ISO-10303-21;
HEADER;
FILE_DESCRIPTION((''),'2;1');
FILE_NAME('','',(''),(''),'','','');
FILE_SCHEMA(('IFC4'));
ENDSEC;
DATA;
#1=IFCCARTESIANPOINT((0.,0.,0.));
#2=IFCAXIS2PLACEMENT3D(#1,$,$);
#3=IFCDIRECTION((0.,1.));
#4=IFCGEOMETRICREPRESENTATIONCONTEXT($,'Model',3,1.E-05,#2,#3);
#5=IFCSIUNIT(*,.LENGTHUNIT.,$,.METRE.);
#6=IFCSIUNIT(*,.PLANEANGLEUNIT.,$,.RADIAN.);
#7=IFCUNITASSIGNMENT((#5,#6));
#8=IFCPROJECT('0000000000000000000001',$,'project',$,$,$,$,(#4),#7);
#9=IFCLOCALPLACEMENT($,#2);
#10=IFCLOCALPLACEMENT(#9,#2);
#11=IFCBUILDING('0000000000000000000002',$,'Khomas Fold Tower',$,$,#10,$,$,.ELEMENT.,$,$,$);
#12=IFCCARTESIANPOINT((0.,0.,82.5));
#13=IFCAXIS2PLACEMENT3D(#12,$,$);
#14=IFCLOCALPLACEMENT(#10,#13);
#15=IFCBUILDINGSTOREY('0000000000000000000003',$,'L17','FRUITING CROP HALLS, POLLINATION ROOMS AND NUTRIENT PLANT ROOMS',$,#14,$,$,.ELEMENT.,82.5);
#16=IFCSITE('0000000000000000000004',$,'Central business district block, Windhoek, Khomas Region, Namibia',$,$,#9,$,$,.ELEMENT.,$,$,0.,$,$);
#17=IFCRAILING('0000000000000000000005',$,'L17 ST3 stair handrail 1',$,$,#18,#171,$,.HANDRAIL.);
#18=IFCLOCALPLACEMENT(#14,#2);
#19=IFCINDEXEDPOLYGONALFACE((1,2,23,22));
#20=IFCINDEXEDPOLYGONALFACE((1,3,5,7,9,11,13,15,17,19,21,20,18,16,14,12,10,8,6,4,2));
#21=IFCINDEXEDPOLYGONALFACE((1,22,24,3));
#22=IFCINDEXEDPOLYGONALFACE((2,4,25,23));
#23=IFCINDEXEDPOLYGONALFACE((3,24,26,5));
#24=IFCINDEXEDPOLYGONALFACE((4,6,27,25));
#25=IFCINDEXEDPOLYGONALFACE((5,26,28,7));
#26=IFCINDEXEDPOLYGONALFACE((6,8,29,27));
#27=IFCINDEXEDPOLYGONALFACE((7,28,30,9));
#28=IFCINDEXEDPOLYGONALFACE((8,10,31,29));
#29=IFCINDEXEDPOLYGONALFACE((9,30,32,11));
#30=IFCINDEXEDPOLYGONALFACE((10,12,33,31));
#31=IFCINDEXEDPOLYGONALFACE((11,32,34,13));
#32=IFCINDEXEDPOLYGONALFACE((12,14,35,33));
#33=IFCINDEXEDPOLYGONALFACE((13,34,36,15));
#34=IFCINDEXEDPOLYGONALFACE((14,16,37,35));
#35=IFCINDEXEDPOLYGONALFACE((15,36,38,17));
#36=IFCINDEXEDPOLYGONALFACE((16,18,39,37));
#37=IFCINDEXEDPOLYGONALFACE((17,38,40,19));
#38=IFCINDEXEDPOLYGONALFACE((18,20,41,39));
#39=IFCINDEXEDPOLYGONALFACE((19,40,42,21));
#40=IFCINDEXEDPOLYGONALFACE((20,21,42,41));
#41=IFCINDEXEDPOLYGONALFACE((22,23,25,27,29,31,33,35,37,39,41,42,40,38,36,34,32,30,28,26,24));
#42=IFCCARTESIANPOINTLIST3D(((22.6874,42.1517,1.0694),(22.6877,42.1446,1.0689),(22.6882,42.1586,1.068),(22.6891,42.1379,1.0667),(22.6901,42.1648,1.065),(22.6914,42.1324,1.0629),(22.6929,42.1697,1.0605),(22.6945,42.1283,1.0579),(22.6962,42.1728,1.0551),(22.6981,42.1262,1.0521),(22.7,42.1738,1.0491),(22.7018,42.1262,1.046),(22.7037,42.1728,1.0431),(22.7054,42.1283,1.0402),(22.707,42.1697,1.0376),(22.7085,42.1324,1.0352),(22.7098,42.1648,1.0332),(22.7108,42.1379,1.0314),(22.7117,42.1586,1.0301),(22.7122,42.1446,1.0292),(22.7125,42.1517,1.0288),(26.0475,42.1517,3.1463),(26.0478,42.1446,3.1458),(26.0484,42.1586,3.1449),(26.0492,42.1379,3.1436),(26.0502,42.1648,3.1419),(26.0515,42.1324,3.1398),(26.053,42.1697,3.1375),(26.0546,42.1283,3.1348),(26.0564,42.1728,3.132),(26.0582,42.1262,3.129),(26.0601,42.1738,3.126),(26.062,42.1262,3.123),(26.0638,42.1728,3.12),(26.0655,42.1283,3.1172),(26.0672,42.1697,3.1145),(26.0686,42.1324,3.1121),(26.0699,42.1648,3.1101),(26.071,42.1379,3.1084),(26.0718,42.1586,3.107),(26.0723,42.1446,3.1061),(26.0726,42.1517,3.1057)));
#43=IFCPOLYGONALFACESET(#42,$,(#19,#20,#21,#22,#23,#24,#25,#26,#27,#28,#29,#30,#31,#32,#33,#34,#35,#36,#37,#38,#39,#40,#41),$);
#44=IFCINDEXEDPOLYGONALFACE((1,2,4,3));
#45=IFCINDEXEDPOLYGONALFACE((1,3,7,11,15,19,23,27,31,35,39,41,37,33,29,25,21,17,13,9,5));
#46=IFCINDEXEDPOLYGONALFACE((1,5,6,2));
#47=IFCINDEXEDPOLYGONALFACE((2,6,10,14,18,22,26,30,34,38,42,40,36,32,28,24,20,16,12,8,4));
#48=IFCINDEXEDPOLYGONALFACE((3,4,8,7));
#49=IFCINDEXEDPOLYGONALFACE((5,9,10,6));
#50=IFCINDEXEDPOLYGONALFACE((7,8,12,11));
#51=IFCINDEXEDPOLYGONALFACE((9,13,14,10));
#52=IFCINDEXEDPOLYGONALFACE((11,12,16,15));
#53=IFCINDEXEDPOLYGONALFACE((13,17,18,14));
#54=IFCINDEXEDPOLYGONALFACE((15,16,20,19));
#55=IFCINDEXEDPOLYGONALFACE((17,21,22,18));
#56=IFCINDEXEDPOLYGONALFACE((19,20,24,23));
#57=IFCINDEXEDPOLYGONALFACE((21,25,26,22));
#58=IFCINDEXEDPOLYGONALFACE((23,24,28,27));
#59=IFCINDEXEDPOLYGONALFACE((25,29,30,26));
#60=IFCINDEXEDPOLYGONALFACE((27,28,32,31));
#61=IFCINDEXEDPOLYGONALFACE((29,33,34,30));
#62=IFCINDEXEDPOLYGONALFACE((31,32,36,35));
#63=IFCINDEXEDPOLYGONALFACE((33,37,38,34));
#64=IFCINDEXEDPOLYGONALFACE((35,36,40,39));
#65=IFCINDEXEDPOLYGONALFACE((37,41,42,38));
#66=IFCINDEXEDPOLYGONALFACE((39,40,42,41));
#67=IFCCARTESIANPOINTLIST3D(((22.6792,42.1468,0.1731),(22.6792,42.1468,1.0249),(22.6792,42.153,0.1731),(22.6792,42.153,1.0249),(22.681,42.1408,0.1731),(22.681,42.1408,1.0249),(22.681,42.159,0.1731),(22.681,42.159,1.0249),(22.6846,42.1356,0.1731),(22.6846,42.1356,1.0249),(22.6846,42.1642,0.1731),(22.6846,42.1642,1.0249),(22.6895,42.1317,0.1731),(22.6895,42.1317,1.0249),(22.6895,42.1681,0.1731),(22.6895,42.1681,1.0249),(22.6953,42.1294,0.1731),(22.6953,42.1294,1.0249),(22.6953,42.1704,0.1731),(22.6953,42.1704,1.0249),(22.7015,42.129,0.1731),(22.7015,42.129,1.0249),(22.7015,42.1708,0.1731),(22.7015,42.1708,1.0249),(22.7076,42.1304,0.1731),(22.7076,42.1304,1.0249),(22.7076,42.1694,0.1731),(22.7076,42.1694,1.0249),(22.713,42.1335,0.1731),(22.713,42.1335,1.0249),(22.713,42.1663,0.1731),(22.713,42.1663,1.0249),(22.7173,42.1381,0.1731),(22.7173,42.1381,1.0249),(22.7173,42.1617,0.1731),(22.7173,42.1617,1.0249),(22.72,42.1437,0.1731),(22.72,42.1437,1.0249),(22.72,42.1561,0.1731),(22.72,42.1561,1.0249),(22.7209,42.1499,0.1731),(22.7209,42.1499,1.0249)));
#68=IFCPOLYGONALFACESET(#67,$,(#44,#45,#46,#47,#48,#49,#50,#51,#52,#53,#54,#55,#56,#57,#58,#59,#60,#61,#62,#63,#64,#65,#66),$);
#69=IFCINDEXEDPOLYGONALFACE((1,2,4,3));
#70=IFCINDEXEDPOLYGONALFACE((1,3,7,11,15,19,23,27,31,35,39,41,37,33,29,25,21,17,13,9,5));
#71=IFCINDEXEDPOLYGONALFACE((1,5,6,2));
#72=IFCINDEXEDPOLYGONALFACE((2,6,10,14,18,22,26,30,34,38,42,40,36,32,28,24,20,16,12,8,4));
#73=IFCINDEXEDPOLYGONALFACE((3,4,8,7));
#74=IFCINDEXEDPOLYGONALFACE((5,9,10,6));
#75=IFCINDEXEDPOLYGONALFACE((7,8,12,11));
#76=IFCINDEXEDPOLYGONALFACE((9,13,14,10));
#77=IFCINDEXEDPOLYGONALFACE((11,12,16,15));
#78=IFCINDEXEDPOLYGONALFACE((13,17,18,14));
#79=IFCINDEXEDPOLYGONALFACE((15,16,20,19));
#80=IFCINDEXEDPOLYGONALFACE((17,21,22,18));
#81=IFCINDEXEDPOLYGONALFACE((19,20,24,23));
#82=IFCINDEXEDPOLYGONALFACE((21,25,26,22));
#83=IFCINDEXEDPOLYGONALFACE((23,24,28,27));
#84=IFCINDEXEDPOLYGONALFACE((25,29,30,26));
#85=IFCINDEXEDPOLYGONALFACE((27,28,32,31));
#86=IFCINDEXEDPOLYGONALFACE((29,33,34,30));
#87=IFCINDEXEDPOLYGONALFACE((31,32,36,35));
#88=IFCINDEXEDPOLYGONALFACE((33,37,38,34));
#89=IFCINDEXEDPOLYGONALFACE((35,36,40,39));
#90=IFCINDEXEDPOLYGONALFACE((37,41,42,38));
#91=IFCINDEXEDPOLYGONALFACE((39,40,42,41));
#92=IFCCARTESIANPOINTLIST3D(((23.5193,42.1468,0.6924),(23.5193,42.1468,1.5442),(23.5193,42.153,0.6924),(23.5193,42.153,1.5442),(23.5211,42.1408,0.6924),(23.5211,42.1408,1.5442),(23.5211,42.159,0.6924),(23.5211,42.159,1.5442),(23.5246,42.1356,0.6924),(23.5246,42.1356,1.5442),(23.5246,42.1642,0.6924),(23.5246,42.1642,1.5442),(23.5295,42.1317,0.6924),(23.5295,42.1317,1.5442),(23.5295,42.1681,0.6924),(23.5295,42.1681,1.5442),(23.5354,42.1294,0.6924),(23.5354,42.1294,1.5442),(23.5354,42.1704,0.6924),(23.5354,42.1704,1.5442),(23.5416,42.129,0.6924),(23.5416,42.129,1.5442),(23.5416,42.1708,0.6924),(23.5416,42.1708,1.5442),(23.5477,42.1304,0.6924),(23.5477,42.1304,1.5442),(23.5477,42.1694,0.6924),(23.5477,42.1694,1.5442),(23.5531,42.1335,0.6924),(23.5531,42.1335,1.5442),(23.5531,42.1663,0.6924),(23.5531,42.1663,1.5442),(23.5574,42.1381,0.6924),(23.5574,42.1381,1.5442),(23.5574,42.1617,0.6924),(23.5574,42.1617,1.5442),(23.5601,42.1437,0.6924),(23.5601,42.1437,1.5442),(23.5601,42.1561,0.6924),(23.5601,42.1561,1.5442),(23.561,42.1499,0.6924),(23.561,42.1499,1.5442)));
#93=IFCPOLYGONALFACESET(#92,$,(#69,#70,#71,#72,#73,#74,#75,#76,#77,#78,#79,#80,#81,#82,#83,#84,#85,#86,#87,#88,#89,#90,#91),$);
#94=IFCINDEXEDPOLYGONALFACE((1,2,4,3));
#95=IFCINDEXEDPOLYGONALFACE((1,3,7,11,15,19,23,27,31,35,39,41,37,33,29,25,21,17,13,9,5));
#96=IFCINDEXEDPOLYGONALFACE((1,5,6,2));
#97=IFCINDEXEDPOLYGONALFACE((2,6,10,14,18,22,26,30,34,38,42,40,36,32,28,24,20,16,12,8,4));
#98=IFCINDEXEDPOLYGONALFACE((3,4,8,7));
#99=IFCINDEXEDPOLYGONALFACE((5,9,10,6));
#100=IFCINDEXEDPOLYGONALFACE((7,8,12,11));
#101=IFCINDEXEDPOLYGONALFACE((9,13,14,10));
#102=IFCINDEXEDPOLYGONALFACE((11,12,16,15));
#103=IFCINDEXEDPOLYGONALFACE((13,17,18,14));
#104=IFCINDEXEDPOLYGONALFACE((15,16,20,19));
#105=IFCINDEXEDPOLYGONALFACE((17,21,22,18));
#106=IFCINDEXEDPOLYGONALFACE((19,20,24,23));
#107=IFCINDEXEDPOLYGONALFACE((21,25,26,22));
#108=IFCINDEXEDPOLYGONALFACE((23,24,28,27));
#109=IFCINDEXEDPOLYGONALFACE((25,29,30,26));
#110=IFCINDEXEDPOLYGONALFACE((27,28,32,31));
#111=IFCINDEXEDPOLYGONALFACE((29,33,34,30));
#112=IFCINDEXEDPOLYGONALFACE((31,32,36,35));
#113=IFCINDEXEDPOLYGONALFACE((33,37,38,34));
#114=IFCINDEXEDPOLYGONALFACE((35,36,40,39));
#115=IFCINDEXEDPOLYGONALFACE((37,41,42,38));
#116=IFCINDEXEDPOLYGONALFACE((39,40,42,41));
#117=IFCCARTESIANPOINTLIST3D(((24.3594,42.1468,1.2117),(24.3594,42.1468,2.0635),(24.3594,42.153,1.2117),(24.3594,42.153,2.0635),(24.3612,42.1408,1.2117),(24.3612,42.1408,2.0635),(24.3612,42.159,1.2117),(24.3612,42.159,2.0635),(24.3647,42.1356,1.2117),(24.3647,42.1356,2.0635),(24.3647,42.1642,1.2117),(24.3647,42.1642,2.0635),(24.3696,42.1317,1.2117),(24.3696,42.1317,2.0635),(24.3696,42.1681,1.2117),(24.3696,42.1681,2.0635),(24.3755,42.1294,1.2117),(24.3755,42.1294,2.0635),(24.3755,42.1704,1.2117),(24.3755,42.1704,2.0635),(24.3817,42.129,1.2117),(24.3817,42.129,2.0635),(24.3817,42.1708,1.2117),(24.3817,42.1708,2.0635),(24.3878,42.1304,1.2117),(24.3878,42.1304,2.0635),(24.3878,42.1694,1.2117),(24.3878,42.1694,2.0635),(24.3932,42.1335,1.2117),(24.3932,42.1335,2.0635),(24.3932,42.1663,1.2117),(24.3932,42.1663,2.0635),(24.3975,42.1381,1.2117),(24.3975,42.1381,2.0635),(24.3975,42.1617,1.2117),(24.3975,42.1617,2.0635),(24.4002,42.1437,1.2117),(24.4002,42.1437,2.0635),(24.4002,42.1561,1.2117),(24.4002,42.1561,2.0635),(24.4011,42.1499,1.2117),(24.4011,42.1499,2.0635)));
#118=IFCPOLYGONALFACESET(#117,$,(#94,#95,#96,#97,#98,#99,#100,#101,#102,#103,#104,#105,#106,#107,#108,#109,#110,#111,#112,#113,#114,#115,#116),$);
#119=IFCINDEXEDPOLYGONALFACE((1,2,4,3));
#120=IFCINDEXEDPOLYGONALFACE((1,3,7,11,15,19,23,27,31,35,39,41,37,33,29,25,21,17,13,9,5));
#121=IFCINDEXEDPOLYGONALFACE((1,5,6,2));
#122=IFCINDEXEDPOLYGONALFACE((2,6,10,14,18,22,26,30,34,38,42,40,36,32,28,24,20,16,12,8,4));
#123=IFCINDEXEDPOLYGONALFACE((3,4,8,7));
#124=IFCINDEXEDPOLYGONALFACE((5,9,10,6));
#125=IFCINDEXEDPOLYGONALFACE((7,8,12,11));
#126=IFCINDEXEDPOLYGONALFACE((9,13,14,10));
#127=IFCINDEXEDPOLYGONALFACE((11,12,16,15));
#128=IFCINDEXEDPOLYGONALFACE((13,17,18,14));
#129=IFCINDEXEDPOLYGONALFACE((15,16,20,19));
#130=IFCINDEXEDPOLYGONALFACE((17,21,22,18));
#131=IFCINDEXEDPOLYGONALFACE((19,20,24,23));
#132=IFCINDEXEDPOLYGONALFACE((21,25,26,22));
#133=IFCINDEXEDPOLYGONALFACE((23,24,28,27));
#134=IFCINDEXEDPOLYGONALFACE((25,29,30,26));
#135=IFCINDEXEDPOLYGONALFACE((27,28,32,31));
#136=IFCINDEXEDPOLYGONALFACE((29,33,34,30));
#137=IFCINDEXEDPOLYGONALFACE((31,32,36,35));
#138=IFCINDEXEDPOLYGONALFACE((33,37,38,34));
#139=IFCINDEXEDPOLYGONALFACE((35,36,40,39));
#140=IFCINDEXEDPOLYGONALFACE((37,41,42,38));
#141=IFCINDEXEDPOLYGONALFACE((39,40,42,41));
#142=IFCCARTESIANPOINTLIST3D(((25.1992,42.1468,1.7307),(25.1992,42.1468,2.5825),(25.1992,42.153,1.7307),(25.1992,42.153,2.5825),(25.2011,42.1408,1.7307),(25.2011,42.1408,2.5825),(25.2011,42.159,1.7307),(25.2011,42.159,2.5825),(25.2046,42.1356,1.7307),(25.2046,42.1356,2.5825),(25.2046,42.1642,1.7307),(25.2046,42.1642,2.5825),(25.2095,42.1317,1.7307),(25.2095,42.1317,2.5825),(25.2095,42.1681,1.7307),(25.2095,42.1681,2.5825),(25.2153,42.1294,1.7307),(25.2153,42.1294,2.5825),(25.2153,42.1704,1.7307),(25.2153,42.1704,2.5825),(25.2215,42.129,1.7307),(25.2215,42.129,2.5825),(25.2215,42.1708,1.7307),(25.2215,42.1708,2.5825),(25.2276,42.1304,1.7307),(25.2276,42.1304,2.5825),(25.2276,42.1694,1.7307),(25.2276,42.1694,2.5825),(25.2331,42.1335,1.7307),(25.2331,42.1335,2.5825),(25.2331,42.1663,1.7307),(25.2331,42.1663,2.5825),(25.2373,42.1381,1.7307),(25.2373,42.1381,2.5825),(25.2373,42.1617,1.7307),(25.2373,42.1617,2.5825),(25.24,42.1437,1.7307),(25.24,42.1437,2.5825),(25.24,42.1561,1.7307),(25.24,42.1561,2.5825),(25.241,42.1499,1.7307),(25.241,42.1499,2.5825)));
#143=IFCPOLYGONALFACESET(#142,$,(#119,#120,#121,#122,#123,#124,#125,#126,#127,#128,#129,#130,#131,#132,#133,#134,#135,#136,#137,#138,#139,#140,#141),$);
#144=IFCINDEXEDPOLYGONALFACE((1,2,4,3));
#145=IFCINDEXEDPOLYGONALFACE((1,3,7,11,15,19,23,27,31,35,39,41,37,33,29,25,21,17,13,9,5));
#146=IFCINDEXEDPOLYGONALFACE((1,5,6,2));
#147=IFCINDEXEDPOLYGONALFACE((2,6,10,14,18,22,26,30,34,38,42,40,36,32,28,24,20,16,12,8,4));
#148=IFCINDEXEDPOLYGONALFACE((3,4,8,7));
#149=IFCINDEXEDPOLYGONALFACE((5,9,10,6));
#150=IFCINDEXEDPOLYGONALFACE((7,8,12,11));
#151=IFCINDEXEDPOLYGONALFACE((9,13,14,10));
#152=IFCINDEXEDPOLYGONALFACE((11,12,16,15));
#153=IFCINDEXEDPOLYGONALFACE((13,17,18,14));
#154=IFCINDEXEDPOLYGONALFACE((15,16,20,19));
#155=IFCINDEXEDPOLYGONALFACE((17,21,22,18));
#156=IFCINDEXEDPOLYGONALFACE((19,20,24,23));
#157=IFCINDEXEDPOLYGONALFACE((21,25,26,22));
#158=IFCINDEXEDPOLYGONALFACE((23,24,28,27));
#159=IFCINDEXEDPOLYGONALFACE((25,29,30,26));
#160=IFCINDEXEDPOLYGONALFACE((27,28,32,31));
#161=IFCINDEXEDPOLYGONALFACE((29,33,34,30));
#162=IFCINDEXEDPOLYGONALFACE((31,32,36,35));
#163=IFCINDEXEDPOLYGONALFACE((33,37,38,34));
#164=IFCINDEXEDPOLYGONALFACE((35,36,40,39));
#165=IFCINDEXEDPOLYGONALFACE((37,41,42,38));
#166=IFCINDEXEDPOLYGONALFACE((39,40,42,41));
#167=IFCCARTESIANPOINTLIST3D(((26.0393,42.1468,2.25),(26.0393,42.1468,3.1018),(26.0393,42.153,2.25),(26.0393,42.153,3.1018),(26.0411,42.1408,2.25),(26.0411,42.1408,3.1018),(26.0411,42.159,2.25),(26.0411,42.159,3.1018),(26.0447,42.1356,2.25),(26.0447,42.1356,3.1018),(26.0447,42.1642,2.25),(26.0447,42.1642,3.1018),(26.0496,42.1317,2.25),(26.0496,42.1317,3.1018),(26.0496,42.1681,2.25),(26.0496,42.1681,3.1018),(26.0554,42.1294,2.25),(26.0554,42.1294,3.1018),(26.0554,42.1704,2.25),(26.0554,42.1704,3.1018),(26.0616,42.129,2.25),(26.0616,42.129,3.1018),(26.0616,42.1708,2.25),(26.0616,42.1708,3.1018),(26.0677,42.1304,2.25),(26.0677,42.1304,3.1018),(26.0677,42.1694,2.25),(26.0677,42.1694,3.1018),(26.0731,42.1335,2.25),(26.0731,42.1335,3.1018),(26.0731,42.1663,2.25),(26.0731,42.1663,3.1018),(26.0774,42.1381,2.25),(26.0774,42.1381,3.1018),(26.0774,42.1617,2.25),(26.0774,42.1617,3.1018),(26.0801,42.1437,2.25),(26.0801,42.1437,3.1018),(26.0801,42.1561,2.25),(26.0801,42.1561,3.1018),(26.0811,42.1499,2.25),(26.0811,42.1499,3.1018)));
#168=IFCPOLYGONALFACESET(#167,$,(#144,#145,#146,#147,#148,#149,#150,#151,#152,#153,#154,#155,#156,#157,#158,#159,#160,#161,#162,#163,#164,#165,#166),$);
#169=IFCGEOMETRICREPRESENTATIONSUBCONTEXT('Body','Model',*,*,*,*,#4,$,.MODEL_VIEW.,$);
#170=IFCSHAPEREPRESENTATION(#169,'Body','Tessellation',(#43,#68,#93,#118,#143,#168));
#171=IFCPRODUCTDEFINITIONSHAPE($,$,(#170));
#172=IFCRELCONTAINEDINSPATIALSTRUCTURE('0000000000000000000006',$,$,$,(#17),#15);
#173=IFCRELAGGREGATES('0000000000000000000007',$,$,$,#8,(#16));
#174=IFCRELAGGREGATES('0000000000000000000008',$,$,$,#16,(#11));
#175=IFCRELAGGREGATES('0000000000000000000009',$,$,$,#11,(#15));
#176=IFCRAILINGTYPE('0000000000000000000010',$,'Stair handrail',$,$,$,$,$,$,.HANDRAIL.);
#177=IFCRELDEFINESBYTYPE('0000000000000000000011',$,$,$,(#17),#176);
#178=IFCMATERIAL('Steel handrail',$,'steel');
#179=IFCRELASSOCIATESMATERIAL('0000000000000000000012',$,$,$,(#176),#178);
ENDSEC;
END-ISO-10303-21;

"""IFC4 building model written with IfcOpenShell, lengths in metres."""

from ifc_helpers import new_model, si_unit, direction, frame, origin, origin_2d, place, context, subcontext, project, spatial, circle, extrude, source, transform, mapped, material, type_object, element, save


model = new_model("IFC4")

# Units and contexts
model_context = context("Model", 3, precision=1e-05, world=origin(), true_north=direction((0.0, 1.0)))
body_context = subcontext(model_context, "Body", "Model", "MODEL_VIEW")
ifc_project = project(units=[si_unit("LENGTHUNIT", "METRE"), si_unit("PLANEANGLEUNIT", "RADIAN")], contexts=[model_context])

# Site, building, storey
site_placement = place(None, origin())
site = spatial("IfcSite", under=ifc_project, at=site_placement, Name="Central business district block, Windhoek, Khomas Region, Namibia", CompositionType="ELEMENT", RefElevation=0.0)
building_placement = place(site_placement, origin())
building = spatial("IfcBuilding", under=site, at=building_placement, Name="Khomas Fold Tower", CompositionType="ELEMENT")
storey_placement = place(building_placement, frame((0.0, 0.0, 82.5)))
storey = spatial("IfcBuildingStorey", under=building, at=storey_placement, Name="L17", Description="FRUITING CROP HALLS, POLLINATION ROOMS AND NUTRIENT PLANT ROOMS", CompositionType="ELEMENT", Elevation=82.5)

# Railing
ifc_material_1 = material(Name="Steel handrail", Category="steel")
railing_type = type_object("IfcRailingType", Name="Stair handrail", PredefinedType="HANDRAIL", material=ifc_material_1)
shared_shape_1 = source(origin(), body_context, "Body", "SweptSolid", [
    extrude(circle(Radius=0.0239, at=origin_2d()), frame((0.0, 0.0, 0.876), z_axis=(0.850623, 0.0, 0.525776), x_axis=(0.0, 1.0, 0.0)), (0.0, 0.0, 1.0), 3.9502),
    extrude(circle(Radius=0.021, at=origin_2d()), origin(), (0.0, 0.0, 1.0), 0.8518),
    extrude(circle(Radius=0.021, at=origin_2d()), frame((0.8401, 0.0, 0.5193)), (0.0, 0.0, 1.0), 0.8518),
    extrude(circle(Radius=0.021, at=origin_2d()), frame((1.6802, 0.0, 1.0386)), (0.0, 0.0, 1.0), 0.8518),
    extrude(circle(Radius=0.021, at=origin_2d()), frame((2.52, 0.0, 1.5576)), (0.0, 0.0, 1.0), 0.8518),
    extrude(circle(Radius=0.021, at=origin_2d()), frame((3.3601, 0.0, 2.0769)), (0.0, 0.0, 1.0), 0.8518),
])
railing_placement = place(storey_placement, frame((22.7, 42.1499, 0.1731)))
element("IfcRailing", 1, at=railing_placement, inside=storey, type_object=railing_type, Name="L17 ST3 stair handrail 1", PredefinedType="HANDRAIL", context=body_context, shape_type="MappedRepresentation", body=[
    mapped(shared_shape_1, transform((0.0, 0.0, 0.0))),
])

save(model, "model.ifc")
